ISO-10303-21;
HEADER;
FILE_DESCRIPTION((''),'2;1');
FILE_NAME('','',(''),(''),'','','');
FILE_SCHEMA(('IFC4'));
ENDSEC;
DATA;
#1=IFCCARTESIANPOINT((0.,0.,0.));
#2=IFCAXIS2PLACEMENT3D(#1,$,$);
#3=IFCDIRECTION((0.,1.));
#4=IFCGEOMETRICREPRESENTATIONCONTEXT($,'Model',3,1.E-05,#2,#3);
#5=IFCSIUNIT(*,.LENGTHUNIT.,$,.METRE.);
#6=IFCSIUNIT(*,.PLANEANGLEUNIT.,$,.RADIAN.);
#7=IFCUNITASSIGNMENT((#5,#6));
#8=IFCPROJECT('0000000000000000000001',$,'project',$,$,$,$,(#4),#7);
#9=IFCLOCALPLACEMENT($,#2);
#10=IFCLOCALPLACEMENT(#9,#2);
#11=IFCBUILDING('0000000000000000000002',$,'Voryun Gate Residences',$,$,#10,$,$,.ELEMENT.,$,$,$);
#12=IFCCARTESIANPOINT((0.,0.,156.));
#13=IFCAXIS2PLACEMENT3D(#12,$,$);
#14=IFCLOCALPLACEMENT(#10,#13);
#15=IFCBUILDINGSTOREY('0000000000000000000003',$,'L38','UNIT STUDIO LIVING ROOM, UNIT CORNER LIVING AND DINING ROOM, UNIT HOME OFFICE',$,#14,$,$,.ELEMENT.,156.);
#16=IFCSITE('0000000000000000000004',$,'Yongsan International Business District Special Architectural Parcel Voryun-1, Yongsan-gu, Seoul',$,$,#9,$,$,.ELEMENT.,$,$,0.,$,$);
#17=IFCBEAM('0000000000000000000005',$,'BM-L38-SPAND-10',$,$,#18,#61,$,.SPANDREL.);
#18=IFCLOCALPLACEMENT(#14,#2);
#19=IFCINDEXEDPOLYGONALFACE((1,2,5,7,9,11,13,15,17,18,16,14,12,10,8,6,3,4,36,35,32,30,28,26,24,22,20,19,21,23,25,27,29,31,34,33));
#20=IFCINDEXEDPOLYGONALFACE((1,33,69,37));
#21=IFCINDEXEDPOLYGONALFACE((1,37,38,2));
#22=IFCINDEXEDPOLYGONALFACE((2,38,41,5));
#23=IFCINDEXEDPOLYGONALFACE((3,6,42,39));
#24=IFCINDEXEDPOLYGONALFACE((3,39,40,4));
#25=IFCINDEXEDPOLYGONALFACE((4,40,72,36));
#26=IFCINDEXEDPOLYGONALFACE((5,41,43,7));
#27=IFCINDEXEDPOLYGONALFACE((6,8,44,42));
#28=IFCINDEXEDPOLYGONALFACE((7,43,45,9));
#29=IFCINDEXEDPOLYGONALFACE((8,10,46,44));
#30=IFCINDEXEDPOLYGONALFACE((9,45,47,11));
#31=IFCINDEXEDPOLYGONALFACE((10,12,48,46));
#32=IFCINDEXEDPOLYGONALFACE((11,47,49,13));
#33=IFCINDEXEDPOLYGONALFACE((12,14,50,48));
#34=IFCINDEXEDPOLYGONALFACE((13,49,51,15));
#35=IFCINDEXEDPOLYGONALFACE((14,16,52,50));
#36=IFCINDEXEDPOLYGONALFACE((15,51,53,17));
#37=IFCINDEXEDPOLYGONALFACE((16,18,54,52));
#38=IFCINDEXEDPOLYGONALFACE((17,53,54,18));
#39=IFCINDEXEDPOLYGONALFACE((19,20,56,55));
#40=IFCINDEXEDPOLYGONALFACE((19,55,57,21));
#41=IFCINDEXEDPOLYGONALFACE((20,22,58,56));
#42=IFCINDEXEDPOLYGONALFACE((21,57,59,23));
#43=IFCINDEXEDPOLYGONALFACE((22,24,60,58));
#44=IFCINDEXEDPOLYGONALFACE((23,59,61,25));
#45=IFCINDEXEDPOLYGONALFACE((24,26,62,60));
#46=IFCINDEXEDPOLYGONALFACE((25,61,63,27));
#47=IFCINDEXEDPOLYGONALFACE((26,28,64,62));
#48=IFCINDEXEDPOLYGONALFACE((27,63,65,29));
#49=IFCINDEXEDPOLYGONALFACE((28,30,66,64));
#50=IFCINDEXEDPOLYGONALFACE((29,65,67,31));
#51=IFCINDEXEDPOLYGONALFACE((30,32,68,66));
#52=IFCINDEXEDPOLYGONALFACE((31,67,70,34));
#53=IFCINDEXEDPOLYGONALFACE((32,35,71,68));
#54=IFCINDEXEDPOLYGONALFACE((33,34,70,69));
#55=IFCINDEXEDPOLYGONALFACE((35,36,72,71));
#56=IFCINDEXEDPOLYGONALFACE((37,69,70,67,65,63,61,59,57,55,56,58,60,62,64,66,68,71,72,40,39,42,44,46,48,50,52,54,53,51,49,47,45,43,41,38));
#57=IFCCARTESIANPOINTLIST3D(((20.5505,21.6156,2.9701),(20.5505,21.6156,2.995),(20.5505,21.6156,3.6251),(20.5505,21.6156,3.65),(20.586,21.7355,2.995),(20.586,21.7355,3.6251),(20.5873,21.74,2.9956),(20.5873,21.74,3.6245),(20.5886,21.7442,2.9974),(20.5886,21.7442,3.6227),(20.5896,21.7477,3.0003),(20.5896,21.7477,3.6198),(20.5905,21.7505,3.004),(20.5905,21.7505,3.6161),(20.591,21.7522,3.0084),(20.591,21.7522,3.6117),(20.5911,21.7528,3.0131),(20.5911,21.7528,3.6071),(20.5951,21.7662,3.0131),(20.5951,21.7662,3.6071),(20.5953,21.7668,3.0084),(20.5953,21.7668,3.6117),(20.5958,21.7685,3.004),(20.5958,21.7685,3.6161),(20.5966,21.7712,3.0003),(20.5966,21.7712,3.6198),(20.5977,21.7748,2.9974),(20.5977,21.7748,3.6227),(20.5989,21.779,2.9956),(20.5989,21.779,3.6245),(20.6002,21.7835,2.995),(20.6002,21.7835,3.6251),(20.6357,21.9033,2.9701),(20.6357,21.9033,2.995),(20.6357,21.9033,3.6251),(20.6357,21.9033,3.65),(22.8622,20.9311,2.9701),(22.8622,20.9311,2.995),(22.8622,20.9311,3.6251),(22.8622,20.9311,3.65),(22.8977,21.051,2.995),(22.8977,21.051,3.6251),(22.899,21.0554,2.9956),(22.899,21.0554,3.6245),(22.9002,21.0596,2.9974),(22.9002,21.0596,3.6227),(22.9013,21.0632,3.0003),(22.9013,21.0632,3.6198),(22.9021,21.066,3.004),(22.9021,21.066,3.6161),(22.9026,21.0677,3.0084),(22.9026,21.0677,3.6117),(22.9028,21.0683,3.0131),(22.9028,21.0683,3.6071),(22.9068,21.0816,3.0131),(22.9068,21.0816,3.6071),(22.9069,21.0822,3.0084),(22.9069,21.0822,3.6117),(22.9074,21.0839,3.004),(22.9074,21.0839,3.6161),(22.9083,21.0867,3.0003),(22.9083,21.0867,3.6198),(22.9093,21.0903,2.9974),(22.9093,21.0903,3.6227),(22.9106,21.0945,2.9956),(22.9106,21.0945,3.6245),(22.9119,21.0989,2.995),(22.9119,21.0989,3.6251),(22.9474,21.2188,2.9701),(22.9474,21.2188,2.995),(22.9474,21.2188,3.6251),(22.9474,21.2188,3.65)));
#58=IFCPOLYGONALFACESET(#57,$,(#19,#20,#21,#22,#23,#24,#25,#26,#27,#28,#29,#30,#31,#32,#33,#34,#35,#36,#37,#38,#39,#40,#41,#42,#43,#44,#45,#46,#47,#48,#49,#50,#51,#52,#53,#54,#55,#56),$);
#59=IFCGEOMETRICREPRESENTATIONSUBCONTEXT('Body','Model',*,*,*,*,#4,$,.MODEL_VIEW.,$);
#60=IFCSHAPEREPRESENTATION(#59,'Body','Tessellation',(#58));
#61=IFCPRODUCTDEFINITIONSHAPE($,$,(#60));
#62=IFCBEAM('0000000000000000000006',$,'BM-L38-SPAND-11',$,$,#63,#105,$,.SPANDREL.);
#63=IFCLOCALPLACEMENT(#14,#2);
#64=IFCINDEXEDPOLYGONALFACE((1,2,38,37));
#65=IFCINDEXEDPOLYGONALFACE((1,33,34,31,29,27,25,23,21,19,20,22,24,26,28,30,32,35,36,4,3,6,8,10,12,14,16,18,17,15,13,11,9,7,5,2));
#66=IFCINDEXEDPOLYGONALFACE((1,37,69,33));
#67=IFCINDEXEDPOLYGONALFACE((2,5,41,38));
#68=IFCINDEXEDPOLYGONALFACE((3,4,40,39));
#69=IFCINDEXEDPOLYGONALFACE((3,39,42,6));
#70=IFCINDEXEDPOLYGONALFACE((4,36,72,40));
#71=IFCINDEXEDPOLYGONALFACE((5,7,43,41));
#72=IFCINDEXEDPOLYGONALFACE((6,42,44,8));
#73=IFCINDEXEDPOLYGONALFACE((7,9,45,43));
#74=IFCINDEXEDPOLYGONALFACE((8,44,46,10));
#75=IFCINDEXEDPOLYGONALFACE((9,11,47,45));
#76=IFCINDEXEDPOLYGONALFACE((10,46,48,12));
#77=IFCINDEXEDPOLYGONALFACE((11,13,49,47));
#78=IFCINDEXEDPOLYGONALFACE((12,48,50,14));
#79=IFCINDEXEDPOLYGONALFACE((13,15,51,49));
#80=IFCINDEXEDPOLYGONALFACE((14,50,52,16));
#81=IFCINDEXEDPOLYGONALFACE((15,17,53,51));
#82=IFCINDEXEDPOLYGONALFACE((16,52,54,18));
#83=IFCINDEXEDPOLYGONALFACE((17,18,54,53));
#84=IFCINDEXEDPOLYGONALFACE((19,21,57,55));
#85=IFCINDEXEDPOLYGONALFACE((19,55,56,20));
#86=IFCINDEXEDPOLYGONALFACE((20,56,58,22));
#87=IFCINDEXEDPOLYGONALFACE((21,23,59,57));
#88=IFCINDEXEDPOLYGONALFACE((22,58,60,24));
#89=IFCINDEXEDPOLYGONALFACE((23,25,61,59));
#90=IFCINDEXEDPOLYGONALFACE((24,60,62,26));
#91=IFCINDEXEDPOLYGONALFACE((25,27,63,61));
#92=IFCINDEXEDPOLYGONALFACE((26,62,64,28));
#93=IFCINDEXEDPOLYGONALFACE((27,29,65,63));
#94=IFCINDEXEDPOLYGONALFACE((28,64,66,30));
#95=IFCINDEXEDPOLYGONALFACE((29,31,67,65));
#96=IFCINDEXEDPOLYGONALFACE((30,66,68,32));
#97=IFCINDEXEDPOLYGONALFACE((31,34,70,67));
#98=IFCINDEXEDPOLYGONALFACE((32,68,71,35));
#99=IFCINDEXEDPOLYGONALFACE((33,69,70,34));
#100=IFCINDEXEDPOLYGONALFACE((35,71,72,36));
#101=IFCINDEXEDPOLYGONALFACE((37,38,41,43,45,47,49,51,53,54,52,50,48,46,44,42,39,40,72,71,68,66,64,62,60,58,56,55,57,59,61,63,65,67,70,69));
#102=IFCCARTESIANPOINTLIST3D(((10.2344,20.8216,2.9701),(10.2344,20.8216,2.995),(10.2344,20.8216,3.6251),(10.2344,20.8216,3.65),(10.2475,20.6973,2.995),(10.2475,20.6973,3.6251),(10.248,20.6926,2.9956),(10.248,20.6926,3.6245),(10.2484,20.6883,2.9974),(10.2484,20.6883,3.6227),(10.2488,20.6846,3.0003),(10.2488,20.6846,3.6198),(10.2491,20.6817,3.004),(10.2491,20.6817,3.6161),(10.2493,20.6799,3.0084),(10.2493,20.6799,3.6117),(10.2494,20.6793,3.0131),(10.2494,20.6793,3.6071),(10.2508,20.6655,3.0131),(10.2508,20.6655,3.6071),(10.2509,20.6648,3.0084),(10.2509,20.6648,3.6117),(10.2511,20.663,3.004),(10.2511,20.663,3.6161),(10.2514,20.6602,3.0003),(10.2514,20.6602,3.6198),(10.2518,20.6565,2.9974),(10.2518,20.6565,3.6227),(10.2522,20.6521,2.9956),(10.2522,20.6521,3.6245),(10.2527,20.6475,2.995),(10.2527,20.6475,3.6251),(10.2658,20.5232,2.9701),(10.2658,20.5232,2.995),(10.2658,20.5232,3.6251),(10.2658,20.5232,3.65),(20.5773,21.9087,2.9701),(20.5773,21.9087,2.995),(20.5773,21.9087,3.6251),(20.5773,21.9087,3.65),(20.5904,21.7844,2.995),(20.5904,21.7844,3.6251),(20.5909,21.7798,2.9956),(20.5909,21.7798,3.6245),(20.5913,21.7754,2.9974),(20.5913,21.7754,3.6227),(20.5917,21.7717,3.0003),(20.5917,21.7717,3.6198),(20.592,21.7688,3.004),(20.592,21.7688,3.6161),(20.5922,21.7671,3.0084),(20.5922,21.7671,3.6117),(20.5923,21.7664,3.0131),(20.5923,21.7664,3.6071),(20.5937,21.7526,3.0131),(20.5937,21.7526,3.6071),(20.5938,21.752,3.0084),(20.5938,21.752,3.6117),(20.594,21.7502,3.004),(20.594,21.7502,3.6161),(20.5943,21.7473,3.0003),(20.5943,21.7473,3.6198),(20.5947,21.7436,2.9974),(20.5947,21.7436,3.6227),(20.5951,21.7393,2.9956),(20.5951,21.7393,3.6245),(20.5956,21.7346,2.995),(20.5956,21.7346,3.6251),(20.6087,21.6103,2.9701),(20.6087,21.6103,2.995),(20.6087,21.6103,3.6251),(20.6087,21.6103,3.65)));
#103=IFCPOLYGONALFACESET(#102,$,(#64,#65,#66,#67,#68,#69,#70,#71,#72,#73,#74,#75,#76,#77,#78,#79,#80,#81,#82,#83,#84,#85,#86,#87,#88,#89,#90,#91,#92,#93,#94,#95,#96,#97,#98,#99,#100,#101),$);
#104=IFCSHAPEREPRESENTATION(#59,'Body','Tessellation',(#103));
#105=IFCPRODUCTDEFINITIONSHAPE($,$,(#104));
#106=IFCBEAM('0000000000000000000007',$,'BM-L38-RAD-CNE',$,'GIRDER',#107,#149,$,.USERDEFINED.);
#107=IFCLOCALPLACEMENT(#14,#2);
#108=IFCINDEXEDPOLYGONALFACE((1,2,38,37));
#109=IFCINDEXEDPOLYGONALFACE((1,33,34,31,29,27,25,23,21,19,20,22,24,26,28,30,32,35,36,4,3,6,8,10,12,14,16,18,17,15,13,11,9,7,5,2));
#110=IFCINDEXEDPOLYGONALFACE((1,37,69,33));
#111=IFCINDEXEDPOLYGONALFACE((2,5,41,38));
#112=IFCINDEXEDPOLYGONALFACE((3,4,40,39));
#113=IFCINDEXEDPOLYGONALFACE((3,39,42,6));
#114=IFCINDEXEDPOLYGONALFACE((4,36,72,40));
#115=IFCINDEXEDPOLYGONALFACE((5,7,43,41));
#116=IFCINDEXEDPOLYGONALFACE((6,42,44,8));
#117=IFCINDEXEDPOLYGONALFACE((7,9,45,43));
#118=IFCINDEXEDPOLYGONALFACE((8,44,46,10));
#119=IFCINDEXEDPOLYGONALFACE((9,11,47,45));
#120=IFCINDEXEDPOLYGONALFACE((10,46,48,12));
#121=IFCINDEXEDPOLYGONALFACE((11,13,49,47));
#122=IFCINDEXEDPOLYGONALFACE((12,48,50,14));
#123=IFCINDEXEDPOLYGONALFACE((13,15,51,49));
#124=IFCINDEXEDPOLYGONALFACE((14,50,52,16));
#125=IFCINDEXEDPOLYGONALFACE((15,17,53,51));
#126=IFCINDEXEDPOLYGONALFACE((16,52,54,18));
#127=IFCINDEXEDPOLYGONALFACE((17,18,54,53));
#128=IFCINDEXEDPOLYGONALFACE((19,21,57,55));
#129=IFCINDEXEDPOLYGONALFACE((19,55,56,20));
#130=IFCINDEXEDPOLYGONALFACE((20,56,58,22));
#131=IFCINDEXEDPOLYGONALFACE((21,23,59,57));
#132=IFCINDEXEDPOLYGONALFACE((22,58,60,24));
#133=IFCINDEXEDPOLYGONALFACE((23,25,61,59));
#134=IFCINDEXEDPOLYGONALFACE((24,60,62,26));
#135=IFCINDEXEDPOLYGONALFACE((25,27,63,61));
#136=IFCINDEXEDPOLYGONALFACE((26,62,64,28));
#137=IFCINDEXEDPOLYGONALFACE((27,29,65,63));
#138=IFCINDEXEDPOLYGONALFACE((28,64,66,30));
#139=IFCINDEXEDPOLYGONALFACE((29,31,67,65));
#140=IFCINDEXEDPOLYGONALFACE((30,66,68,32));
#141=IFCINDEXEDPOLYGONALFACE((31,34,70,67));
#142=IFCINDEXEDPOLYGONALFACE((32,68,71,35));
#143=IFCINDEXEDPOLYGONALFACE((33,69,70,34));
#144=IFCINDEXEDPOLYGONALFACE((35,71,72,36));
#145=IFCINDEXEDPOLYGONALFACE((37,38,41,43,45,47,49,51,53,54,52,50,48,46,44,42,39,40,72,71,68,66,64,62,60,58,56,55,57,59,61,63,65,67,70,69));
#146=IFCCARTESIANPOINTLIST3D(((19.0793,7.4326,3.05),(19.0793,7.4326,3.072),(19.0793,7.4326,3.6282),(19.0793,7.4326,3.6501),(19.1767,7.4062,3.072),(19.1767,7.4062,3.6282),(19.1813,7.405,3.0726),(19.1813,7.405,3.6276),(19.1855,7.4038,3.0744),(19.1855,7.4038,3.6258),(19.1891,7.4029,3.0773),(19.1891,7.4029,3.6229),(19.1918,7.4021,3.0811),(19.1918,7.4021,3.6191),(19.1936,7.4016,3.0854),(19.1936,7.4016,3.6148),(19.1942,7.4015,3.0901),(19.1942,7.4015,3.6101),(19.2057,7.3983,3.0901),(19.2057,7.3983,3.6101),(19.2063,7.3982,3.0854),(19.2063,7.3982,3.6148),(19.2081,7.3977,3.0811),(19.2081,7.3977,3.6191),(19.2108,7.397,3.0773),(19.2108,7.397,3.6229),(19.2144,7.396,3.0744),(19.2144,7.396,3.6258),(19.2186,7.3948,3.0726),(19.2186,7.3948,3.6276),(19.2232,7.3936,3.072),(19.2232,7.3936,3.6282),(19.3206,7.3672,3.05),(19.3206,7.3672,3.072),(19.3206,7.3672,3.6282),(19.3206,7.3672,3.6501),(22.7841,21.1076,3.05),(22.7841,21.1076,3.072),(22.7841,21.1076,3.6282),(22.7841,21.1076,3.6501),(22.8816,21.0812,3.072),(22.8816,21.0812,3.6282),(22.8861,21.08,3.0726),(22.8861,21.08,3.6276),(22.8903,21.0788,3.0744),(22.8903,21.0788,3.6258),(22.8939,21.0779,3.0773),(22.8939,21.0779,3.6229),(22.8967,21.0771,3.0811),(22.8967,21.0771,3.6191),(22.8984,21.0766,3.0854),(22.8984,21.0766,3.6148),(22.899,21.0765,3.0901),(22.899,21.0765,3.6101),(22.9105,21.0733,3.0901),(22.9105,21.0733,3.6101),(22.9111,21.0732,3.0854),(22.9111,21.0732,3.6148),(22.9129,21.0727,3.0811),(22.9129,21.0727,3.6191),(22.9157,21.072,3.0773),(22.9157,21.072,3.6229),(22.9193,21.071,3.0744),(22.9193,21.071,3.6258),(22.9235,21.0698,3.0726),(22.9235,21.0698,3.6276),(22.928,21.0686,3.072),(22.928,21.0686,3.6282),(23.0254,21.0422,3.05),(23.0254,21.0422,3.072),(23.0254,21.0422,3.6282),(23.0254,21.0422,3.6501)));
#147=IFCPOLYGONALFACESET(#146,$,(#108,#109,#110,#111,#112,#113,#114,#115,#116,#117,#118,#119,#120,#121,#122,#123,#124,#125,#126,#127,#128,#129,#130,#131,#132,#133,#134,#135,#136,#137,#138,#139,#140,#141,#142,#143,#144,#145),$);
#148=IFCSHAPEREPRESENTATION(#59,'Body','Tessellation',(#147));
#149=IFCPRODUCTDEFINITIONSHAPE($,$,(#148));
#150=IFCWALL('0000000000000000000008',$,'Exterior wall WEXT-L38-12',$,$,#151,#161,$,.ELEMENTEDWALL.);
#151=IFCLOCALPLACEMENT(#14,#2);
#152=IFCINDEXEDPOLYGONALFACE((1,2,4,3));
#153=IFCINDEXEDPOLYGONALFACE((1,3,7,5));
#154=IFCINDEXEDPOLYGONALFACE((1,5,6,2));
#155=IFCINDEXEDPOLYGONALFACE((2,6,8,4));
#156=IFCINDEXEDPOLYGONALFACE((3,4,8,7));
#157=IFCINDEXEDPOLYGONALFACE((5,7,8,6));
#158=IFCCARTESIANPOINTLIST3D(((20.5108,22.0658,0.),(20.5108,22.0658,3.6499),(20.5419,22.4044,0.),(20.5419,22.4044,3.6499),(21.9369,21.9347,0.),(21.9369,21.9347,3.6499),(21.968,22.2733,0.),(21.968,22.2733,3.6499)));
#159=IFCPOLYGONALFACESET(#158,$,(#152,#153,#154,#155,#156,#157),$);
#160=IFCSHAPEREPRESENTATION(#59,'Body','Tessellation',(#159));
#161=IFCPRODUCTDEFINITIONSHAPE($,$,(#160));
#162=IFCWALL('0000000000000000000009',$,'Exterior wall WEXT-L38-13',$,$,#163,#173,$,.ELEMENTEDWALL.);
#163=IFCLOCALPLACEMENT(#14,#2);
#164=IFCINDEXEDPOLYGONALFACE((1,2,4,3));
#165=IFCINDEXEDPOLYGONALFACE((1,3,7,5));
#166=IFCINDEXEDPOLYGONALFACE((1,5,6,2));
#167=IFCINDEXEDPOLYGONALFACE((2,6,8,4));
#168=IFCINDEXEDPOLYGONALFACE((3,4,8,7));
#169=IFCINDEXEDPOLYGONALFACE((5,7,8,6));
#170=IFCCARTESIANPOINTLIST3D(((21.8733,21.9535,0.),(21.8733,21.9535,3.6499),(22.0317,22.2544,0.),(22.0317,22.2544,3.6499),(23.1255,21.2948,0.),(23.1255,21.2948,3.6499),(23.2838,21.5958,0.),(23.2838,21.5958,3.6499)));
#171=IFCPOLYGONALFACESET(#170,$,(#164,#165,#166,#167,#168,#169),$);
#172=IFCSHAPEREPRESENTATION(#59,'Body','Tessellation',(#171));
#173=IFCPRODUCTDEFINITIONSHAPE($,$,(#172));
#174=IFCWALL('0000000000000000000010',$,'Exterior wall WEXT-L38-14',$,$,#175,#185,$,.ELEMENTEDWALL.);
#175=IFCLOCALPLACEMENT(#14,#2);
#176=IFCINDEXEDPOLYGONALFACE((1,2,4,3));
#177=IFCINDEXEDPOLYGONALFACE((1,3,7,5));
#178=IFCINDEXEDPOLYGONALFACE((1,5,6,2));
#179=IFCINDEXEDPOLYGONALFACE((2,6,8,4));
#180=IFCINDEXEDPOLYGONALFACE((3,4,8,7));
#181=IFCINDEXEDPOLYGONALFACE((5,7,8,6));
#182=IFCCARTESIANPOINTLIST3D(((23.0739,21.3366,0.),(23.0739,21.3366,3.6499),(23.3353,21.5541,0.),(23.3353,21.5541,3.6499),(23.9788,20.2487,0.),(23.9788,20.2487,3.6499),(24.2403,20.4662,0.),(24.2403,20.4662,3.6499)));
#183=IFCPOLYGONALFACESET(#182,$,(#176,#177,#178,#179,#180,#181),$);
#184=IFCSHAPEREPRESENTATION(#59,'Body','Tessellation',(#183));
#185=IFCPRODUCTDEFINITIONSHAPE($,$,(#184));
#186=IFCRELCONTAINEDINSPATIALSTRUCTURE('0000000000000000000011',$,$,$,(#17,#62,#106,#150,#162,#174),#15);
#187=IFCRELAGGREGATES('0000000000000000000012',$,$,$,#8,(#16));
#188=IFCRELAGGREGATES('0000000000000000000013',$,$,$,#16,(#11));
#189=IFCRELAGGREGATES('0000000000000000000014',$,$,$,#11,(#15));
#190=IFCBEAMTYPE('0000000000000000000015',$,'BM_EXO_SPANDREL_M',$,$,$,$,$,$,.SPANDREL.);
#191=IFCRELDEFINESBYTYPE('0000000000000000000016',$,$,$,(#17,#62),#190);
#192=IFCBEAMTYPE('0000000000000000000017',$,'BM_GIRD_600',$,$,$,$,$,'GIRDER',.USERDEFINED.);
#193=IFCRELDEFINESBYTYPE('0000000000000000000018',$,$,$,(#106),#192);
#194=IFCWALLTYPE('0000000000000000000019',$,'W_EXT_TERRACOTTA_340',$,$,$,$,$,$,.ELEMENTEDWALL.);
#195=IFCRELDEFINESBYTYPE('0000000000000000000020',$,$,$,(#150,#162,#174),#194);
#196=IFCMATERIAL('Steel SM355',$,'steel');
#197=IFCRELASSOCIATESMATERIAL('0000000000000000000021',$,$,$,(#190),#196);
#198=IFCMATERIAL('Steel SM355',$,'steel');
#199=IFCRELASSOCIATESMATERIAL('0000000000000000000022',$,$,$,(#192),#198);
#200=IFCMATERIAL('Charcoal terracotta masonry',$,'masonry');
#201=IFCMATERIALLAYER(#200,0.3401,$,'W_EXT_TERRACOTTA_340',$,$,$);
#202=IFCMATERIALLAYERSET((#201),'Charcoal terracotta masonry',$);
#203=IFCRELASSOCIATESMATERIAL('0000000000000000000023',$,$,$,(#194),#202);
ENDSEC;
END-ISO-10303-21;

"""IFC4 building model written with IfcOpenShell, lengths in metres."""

from ifc_helpers import new_model, si_unit, direction, frame, frame_2d, origin, origin_2d, place, context, subcontext, project, spatial, rectangle, i_section, extrude, material, layer, layer_set, material_profile, profile_set, type_object, element, save


model = new_model("IFC4")

# Units and contexts
model_context = context("Model", 3, precision=1e-05, world=origin(), true_north=direction((0.0, 1.0)))
body_context = subcontext(model_context, "Body", "Model", "MODEL_VIEW")
ifc_project = project(units=[si_unit("LENGTHUNIT", "METRE"), si_unit("PLANEANGLEUNIT", "RADIAN")], contexts=[model_context])

# Site, building, storey
site_placement = place(None, origin())
site = spatial("IfcSite", under=ifc_project, at=site_placement, Name="Yongsan International Business District Special Architectural Parcel Voryun-1, Yongsan-gu, Seoul", CompositionType="ELEMENT", RefElevation=0.0)
building_placement = place(site_placement, origin())
building = spatial("IfcBuilding", under=site, at=building_placement, Name="Voryun Gate Residences", CompositionType="ELEMENT")
storey_placement = place(building_placement, frame((0.0, 0.0, 156.0)))
storey = spatial("IfcBuildingStorey", under=building, at=storey_placement, Name="L38", Description="UNIT STUDIO LIVING ROOM, UNIT CORNER LIVING AND DINING ROOM, UNIT HOME OFFICE", CompositionType="ELEMENT", Elevation=156.0)

# Beams
ifc_material_1 = material(Name="Steel SM355", Category="steel")
ifc_material_profile_1 = material_profile(ifc_material_1, i_section(OverallWidth=0.3, OverallDepth=0.6799, WebThickness=0.0139, FlangeThickness=0.0249, FilletRadius=0.0181, at=origin_2d()), Name="H-680x300x14x25")
ifc_profile_set_1 = profile_set([ifc_material_profile_1], Name="Steel SM355")
beam_type_1 = type_object("IfcBeamType", Name="BM_EXO_SPANDREL_M", PredefinedType="SPANDREL", material=ifc_profile_set_1)
beam_1_placement = place(storey_placement, frame((22.9048, 21.075, 3.3101), z_axis=(-0.958843, 0.283937, 0.0), x_axis=(-0.283937, -0.958843, 0.0)))
element("IfcBeam", 1, at=beam_1_placement, inside=storey, type_object=beam_type_1, Name="BM-L38-SPAND-10", PredefinedType="SPANDREL", context=body_context, shape_type="SweptSolid", body=[
    extrude(i_section(OverallWidth=0.3, OverallDepth=0.6799, WebThickness=0.0139, FlangeThickness=0.0249, FilletRadius=0.0181, at=origin_2d()), origin(), (0.0, 0.0, 1.0), 2.4109),
])
beam_2_placement = place(storey_placement, frame((20.593, 21.7595, 3.3101), z_axis=(-0.994521, -0.104534, 0.0), x_axis=(0.104534, -0.994521, 0.0)))
element("IfcBeam", 2, at=beam_2_placement, inside=storey, type_object=beam_type_1, Name="BM-L38-SPAND-11", PredefinedType="SPANDREL", context=body_context, shape_type="SweptSolid", body=[
    extrude(i_section(OverallWidth=0.3, OverallDepth=0.6799, WebThickness=0.0139, FlangeThickness=0.0249, FilletRadius=0.0181, at=origin_2d()), origin(), (0.0, 0.0, 1.0), 10.3999),
])
ifc_material_2 = material(Name="Steel SM355", Category="steel")
ifc_material_profile_2 = material_profile(ifc_material_2, i_section(OverallWidth=0.25, OverallDepth=0.6001, WebThickness=0.012, FlangeThickness=0.022, FilletRadius=0.0181, at=origin_2d()), Name="H-600x250x12x22")
ifc_profile_set_2 = profile_set([ifc_material_profile_2], Name="Steel SM355")
beam_type_2 = type_object("IfcBeamType", Name="BM_GIRD_600", ElementType="GIRDER", PredefinedType="USERDEFINED", material=ifc_profile_set_2)
beam_3_placement = place(storey_placement, frame((19.2, 7.3999, 3.3501), z_axis=(0.261493, 0.965205, 0.0), x_axis=(-0.965205, 0.261493, 0.0)))
element("IfcBeam", 3, at=beam_3_placement, inside=storey, type_object=beam_type_2, Name="BM-L38-RAD-CNE", ObjectType="GIRDER", PredefinedType="USERDEFINED", context=body_context, shape_type="SweptSolid", body=[
    extrude(i_section(OverallWidth=0.25, OverallDepth=0.6001, WebThickness=0.012, FlangeThickness=0.022, FilletRadius=0.0181, at=origin_2d()), origin(), (0.0, 0.0, 1.0), 14.168),
])

# Walls
ifc_material_3 = material(Name="Charcoal terracotta masonry", Category="masonry")
ifc_layer_1 = layer(ifc_material_3, 0.3401, Name="W_EXT_TERRACOTTA_340")
ifc_layer_set_1 = layer_set([ifc_layer_1], Name="Charcoal terracotta masonry")
wall_type_1 = type_object("IfcWallType", Name="W_EXT_TERRACOTTA_340", PredefinedType="ELEMENTEDWALL", material=ifc_layer_set_1)
wall_1_placement = place(storey_placement, frame((20.5264, 22.2351, 0.0), z_axis=(0.0, 0.0, 1.0), x_axis=(0.9958, -0.09155, 0.0)))
element("IfcWall", 4, at=wall_1_placement, inside=storey, type_object=wall_type_1, Name="Exterior wall WEXT-L38-12", PredefinedType="ELEMENTEDWALL", context=body_context, shape_type="SweptSolid", body=[
    extrude(rectangle(XDim=1.4321, YDim=0.3401, at=frame_2d((0.7161, 0.0))), origin(), (0.0, 0.0, 1.0), 3.6499),
])
wall_2_placement = place(storey_placement, frame((21.9524, 22.104, 0.0), z_axis=(0.0, 0.0, 1.0), x_axis=(0.885023, -0.465547, 0.0)))
element("IfcWall", 5, at=wall_2_placement, inside=storey, type_object=wall_type_1, Name="Exterior wall WEXT-L38-13", PredefinedType="ELEMENTEDWALL", context=body_context, shape_type="SweptSolid", body=[
    extrude(rectangle(XDim=1.4148, YDim=0.3401, at=frame_2d((0.7075, 0.0))), origin(), (0.0, 0.0, 1.0), 3.6499),
])
wall_3_placement = place(storey_placement, frame((23.2046, 21.4453, 0.0), z_axis=(0.0, 0.0, 1.0), x_axis=(0.639539, -0.768758, 0.0)))
element("IfcWall", 6, at=wall_3_placement, inside=storey, type_object=wall_type_1, Name="Exterior wall WEXT-L38-14", PredefinedType="ELEMENTEDWALL", context=body_context, shape_type="SweptSolid", body=[
    extrude(rectangle(XDim=1.415, YDim=0.3401, at=frame_2d((0.7075, 0.0))), origin(), (0.0, 0.0, 1.0), 3.6499),
])

save(model, "model.ifc")
